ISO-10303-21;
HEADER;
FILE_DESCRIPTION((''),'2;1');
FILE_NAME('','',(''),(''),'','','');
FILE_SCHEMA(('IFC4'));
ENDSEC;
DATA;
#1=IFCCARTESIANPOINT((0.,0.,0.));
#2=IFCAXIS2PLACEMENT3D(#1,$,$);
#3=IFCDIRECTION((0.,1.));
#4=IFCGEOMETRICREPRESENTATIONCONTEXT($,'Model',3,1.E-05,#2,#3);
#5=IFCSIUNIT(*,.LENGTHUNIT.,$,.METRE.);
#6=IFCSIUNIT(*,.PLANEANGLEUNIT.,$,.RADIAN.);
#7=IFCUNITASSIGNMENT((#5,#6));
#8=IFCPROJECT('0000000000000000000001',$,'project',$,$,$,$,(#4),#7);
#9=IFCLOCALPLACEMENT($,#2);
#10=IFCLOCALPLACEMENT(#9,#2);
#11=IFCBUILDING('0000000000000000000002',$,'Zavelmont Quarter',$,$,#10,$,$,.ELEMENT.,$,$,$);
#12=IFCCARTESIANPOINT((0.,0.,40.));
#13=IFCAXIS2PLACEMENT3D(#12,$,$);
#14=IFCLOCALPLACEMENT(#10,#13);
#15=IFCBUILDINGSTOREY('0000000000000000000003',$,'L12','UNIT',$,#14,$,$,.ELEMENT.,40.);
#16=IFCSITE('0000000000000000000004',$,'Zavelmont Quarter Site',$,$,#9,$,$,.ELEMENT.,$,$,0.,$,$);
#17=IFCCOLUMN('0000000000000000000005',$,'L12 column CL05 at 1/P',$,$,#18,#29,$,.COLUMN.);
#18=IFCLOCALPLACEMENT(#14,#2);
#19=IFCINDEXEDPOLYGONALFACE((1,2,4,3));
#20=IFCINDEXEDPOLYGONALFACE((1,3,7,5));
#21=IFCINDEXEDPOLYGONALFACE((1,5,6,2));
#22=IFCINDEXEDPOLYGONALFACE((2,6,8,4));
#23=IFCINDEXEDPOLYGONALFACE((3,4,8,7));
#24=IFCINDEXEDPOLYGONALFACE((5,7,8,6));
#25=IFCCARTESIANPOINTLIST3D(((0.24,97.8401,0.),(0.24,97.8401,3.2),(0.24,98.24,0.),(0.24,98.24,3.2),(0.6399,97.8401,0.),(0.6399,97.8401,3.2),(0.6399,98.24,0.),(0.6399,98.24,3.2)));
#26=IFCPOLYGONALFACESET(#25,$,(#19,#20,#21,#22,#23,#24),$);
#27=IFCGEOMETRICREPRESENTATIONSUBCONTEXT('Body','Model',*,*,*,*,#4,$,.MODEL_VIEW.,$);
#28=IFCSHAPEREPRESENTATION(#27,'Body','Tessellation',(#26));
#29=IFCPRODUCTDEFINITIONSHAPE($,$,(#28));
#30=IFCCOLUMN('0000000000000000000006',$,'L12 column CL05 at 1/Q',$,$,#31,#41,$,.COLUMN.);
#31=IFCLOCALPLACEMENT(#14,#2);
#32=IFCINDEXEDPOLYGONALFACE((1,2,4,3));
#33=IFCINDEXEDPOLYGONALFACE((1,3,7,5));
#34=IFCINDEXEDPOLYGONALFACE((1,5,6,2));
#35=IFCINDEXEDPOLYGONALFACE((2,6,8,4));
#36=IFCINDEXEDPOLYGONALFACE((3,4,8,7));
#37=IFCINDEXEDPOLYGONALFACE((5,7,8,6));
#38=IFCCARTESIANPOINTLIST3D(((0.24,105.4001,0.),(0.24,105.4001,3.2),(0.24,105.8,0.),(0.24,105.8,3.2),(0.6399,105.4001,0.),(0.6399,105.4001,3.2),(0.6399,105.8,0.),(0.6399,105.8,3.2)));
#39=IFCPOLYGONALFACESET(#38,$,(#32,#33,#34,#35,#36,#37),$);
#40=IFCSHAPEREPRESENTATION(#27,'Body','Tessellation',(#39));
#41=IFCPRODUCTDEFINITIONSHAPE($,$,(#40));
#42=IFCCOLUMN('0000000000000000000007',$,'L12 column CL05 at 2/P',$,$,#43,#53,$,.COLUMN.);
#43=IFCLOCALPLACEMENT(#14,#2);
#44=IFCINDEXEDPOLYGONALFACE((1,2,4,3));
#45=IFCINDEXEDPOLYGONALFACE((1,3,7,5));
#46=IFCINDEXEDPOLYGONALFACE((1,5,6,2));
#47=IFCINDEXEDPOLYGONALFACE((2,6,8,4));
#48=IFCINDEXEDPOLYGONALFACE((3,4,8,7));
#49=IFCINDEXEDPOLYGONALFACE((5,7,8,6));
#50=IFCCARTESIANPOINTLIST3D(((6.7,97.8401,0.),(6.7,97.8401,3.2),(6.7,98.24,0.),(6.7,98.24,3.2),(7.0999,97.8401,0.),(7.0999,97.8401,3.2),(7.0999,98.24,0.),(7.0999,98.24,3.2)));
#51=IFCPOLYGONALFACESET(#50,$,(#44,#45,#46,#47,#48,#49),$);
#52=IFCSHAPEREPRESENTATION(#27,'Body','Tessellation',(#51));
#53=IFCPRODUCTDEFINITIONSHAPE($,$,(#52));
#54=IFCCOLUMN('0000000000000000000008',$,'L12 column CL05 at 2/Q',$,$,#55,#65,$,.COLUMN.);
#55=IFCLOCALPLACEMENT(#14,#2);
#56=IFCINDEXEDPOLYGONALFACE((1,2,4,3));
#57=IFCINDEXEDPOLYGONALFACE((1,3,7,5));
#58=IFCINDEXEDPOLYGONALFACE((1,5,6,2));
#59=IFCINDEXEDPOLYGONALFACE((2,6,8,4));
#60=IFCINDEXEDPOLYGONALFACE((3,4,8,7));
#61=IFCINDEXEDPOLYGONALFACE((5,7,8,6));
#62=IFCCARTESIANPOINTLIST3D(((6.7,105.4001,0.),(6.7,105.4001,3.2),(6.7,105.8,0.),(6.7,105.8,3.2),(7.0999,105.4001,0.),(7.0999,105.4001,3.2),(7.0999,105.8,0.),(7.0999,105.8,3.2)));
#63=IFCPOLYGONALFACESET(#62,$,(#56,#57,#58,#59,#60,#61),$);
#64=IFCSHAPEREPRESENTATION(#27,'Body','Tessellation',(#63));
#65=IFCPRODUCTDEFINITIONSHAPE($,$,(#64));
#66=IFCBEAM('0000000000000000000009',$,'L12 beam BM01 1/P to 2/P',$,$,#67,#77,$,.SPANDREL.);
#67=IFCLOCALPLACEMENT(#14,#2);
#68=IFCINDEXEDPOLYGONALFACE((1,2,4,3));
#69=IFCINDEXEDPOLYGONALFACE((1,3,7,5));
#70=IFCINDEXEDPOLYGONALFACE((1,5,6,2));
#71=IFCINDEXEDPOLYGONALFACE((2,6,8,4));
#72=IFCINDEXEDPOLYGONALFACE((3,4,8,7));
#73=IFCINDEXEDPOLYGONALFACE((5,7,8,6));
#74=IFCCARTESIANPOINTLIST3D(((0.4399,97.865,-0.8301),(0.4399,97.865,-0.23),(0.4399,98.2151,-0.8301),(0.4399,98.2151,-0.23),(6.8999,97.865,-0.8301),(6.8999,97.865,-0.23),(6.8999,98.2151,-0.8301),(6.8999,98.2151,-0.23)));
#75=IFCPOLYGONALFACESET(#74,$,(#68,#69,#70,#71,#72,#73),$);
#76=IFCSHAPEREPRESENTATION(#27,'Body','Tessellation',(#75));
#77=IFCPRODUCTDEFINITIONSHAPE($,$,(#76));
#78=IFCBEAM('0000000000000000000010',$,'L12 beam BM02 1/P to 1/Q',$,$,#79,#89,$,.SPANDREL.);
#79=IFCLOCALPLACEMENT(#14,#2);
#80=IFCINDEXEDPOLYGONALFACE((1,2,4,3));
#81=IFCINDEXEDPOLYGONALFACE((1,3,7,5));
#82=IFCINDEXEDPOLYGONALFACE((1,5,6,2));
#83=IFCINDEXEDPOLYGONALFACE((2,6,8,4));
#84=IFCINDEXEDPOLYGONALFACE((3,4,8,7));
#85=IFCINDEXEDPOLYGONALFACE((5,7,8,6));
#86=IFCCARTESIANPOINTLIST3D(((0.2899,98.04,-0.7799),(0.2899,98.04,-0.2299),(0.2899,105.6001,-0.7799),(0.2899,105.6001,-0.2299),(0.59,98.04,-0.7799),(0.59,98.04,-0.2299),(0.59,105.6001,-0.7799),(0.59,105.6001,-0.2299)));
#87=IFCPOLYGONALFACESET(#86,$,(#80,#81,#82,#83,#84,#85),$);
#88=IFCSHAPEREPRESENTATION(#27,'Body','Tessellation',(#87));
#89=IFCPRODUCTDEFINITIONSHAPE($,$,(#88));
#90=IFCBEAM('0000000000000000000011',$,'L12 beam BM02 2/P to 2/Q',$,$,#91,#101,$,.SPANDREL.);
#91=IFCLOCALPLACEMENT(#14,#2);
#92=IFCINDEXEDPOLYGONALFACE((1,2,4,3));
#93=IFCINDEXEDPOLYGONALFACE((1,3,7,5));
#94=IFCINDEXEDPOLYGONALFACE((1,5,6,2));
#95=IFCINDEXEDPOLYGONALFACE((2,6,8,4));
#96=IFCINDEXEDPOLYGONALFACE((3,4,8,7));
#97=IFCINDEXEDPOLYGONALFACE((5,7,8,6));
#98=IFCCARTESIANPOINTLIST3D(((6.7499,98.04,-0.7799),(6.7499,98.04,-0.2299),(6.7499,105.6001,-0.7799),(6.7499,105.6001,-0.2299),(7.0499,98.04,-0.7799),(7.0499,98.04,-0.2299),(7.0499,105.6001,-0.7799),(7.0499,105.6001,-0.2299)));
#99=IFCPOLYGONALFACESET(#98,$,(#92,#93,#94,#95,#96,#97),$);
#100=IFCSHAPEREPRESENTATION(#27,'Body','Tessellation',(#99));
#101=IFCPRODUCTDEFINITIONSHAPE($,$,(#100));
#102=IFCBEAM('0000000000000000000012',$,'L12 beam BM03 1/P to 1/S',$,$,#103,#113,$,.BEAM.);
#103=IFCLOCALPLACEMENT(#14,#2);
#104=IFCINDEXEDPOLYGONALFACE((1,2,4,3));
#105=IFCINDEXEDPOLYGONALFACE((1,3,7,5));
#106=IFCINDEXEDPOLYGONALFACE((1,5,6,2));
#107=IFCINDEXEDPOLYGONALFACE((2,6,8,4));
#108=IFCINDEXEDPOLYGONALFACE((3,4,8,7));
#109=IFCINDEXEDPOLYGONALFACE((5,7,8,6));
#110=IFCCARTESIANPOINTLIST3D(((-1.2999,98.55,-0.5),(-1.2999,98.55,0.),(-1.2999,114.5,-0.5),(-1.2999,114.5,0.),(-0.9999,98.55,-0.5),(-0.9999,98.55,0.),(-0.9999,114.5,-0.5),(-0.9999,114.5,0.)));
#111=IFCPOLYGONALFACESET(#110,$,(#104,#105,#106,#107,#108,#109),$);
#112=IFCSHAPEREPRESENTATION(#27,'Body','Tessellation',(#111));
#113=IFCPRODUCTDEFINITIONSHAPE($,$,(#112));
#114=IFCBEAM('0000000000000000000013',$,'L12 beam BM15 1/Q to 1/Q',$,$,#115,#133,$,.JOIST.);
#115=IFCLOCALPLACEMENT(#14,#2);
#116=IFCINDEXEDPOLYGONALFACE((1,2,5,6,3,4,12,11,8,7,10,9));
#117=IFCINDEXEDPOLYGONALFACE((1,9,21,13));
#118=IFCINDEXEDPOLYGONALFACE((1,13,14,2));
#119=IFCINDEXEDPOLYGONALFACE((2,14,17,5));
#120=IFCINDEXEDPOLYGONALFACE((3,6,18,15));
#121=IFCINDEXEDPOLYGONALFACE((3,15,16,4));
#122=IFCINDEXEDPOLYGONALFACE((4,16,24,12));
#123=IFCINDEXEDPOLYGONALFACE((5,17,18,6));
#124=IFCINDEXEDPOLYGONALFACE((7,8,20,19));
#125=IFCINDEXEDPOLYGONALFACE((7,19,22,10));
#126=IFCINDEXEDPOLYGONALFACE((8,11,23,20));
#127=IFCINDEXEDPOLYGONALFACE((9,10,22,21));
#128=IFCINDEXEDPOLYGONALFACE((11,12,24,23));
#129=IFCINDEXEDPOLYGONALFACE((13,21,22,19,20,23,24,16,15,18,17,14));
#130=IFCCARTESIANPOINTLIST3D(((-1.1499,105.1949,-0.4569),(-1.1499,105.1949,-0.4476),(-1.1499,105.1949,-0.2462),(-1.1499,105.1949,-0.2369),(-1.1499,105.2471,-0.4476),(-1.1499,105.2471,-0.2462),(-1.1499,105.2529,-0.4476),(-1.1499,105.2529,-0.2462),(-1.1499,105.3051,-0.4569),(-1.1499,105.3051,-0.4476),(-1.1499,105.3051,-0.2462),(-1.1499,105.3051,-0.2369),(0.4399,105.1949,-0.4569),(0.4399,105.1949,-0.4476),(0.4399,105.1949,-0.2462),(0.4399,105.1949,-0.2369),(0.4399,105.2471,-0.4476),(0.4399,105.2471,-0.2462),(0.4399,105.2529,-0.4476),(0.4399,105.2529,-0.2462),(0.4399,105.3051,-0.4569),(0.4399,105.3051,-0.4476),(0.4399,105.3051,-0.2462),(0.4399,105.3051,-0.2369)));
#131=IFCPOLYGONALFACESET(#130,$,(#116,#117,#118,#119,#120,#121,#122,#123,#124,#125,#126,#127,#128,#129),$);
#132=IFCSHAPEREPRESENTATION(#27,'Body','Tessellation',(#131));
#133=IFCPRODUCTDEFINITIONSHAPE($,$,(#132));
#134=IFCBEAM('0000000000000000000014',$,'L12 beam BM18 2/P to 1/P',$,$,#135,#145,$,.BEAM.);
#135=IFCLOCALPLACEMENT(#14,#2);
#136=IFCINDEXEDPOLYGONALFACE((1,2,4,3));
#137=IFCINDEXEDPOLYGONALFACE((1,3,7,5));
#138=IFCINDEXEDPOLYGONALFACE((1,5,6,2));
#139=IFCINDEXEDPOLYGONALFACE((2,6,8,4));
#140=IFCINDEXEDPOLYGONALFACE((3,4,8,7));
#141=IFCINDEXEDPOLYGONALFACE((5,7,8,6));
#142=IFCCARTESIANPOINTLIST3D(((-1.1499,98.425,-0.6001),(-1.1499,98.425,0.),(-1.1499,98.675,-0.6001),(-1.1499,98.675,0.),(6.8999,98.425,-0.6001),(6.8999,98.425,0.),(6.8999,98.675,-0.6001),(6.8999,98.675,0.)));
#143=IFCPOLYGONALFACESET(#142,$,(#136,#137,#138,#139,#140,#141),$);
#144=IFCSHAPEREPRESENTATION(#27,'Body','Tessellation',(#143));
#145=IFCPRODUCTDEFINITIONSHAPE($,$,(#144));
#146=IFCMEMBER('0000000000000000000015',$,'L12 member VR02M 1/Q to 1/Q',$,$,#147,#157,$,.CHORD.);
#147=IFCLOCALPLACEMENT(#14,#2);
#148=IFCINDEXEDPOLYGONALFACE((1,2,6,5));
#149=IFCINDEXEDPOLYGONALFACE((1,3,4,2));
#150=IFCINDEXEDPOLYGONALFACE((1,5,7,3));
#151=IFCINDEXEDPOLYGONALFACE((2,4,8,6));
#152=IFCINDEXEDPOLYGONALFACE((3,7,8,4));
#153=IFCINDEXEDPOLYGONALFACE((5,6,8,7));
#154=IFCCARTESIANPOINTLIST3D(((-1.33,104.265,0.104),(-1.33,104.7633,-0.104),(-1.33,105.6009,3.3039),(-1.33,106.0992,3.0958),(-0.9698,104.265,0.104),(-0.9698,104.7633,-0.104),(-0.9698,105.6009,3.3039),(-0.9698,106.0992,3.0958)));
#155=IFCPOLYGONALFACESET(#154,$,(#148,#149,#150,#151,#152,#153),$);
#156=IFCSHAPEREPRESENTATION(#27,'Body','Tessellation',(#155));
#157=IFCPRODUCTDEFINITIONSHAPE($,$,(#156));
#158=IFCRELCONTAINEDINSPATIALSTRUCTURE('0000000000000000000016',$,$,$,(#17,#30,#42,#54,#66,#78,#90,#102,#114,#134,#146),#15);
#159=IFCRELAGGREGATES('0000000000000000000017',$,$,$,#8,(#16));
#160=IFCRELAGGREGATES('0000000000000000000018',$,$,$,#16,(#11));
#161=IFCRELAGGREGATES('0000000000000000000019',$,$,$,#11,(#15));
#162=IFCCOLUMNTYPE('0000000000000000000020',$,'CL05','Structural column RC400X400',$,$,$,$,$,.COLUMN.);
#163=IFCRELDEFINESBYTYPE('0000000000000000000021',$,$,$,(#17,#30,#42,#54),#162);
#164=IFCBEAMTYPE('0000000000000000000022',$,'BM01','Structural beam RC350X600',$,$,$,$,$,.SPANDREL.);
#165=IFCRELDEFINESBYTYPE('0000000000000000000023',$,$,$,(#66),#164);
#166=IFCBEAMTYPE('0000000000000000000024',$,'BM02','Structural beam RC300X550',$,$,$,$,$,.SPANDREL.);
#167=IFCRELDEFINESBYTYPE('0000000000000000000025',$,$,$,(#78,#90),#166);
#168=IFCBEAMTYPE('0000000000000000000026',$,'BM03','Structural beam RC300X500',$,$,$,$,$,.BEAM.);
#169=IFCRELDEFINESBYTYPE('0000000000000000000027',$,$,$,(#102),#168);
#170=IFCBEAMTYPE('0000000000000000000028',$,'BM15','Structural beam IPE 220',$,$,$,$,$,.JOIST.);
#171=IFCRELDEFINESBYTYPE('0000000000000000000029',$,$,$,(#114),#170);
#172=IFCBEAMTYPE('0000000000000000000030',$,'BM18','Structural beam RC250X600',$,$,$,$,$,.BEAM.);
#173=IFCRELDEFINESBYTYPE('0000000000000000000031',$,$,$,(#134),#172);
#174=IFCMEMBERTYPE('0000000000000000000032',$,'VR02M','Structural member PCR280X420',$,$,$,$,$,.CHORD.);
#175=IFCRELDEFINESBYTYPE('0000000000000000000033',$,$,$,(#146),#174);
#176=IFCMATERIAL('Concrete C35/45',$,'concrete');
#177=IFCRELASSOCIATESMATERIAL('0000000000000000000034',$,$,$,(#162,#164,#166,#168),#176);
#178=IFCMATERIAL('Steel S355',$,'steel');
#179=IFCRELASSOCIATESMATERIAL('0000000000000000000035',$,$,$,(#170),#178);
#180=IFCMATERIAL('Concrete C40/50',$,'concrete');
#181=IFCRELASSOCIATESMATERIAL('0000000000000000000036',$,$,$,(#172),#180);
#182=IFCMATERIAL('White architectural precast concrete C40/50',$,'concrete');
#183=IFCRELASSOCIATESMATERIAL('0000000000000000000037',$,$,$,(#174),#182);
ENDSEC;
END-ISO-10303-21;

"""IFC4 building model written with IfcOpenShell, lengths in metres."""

from ifc_helpers import new_model, si_unit, direction, frame, origin, origin_2d, place, context, subcontext, project, spatial, rectangle, i_section, extrude, material, material_profile, profile_set, type_object, element, save


model = new_model("IFC4")

# Units and contexts
model_context = context("Model", 3, precision=1e-05, world=origin(), true_north=direction((0.0, 1.0)))
body_context = subcontext(model_context, "Body", "Model", "MODEL_VIEW")
ifc_project = project(units=[si_unit("LENGTHUNIT", "METRE"), si_unit("PLANEANGLEUNIT", "RADIAN")], contexts=[model_context])

# Site, building, storey
site_placement = place(None, origin())
site = spatial("IfcSite", under=ifc_project, at=site_placement, Name="Zavelmont Quarter Site", CompositionType="ELEMENT", RefElevation=0.0)
building_placement = place(site_placement, origin())
building = spatial("IfcBuilding", under=site, at=building_placement, Name="Zavelmont Quarter", CompositionType="ELEMENT")
storey_placement = place(building_placement, frame((0.0, 0.0, 40.0)))
storey = spatial("IfcBuildingStorey", under=building, at=storey_placement, Name="L12", Description="UNIT", CompositionType="ELEMENT", Elevation=40.0)

# Columns
ifc_material_1 = material(Name="Concrete C35/45", Category="concrete")
ifc_material_profile_1 = material_profile(ifc_material_1, rectangle(XDim=0.3999, YDim=0.3999, at=origin_2d()), Name="RC400X400")
ifc_profile_set_1 = profile_set([ifc_material_profile_1], Name="Concrete C35/45")
column_type = type_object("IfcColumnType", Name="CL05", Description="Structural column RC400X400", PredefinedType="COLUMN", material=ifc_profile_set_1)
for number, where, z_axis, x_axis, name in (
    (1, (0.4399, 98.04, 0.0), (0.0, 0.0, 1.0), (1.0, 0.0, 0.0), "L12 column CL05 at 1/P"),
    (2, (0.4399, 105.6001, 0.0), (0.0, 0.0, 1.0), (1.0, 0.0, 0.0), "L12 column CL05 at 1/Q"),
    (3, (6.8999, 98.04, 0.0), (0.0, 0.0, 1.0), (1.0, 0.0, 0.0), "L12 column CL05 at 2/P"),
    (4, (6.8999, 105.6001, 0.0), (0.0, 0.0, 1.0), (1.0, 0.0, 0.0), "L12 column CL05 at 2/Q"),
):
    element("IfcColumn", number, at=place(storey_placement, frame(where, z_axis=z_axis, x_axis=x_axis)), inside=storey, type_object=column_type, Name=name, PredefinedType="COLUMN", context=body_context, shape_type="SweptSolid", body=[
        extrude(rectangle(XDim=0.3999, YDim=0.3999, at=origin_2d()), origin(), (0.0, 0.0, 1.0), 3.2),
    ])

# Beams
ifc_material_profile_2 = material_profile(ifc_material_1, rectangle(XDim=0.3501, YDim=0.6001, at=origin_2d()), Name="RC350X600")
ifc_profile_set_2 = profile_set([ifc_material_profile_2], Name="Concrete C35/45")
beam_type_1 = type_object("IfcBeamType", Name="BM01", Description="Structural beam RC350X600", PredefinedType="SPANDREL", material=ifc_profile_set_2)
beam_1_placement = place(storey_placement, frame((0.4399, 98.04, -0.53), z_axis=(1.0, 0.0, 0.0), x_axis=(0.0, 1.0, 0.0)))
element("IfcBeam", 5, at=beam_1_placement, inside=storey, type_object=beam_type_1, Name="L12 beam BM01 1/P to 2/P", PredefinedType="SPANDREL", context=body_context, shape_type="SweptSolid", body=[
    extrude(rectangle(XDim=0.3501, YDim=0.6001, at=origin_2d()), origin(), (0.0, 0.0, 1.0), 6.46),
])
ifc_material_profile_3 = material_profile(ifc_material_1, rectangle(XDim=0.3, YDim=0.55, at=origin_2d()), Name="RC300X550")
ifc_profile_set_3 = profile_set([ifc_material_profile_3], Name="Concrete C35/45")
beam_type_2 = type_object("IfcBeamType", Name="BM02", Description="Structural beam RC300X550", PredefinedType="SPANDREL", material=ifc_profile_set_3)
for number, where, z_axis, x_axis, name in (
    (6, (0.4399, 98.04, -0.5049), (0.0, 1.0, 0.0), (-1.0, 0.0, 0.0), "L12 beam BM02 1/P to 1/Q"),
    (7, (6.8999, 98.04, -0.5049), (0.0, 1.0, 0.0), (-1.0, 0.0, 0.0), "L12 beam BM02 2/P to 2/Q"),
):
    element("IfcBeam", number, at=place(storey_placement, frame(where, z_axis=z_axis, x_axis=x_axis)), inside=storey, type_object=beam_type_2, Name=name, PredefinedType="SPANDREL", context=body_context, shape_type="SweptSolid", body=[
        extrude(rectangle(XDim=0.3, YDim=0.55, at=origin_2d()), origin(), (0.0, 0.0, 1.0), 7.5601),
    ])
ifc_material_profile_4 = material_profile(ifc_material_1, rectangle(XDim=0.3, YDim=0.5, at=origin_2d()), Name="RC300X500")
ifc_profile_set_4 = profile_set([ifc_material_profile_4], Name="Concrete C35/45")
beam_type_3 = type_object("IfcBeamType", Name="BM03", Description="Structural beam RC300X500", PredefinedType="BEAM", material=ifc_profile_set_4)
beam_2_placement = place(storey_placement, frame((-1.1499, 98.55, -0.25), z_axis=(0.0, 1.0, 0.0), x_axis=(-1.0, 0.0, 0.0)))
element("IfcBeam", 8, at=beam_2_placement, inside=storey, type_object=beam_type_3, Name="L12 beam BM03 1/P to 1/S", PredefinedType="BEAM", context=body_context, shape_type="SweptSolid", body=[
    extrude(rectangle(XDim=0.3, YDim=0.5, at=origin_2d()), origin(), (0.0, 0.0, 1.0), 15.95),
])
ifc_material_2 = material(Name="Steel S355", Category="steel")
ifc_material_profile_5 = material_profile(ifc_material_2, i_section(OverallWidth=0.1101, OverallDepth=0.22, WebThickness=0.0059, FlangeThickness=0.0093, at=origin_2d()), Name="IPE 220")
ifc_profile_set_5 = profile_set([ifc_material_profile_5], Name="Steel S355")
beam_type_4 = type_object("IfcBeamType", Name="BM15", Description="Structural beam IPE 220", PredefinedType="JOIST", material=ifc_profile_set_5)
beam_3_placement = place(storey_placement, frame((0.4399, 105.25, -0.3469), z_axis=(-1.0, 0.0, 0.0), x_axis=(0.0, -1.0, 0.0)))
element("IfcBeam", 9, at=beam_3_placement, inside=storey, type_object=beam_type_4, Name="L12 beam BM15 1/Q to 1/Q", PredefinedType="JOIST", context=body_context, shape_type="SweptSolid", body=[
    extrude(i_section(OverallWidth=0.1101, OverallDepth=0.22, WebThickness=0.0059, FlangeThickness=0.0093, at=origin_2d()), origin(), (0.0, 0.0, 1.0), 1.5898),
])
ifc_material_3 = material(Name="Concrete C40/50", Category="concrete")
ifc_material_profile_6 = material_profile(ifc_material_3, rectangle(XDim=0.25, YDim=0.6001, at=origin_2d()), Name="RC250X600")
ifc_profile_set_6 = profile_set([ifc_material_profile_6], Name="Concrete C40/50")
beam_type_5 = type_object("IfcBeamType", Name="BM18", Description="Structural beam RC250X600", PredefinedType="BEAM", material=ifc_profile_set_6)
beam_4_placement = place(storey_placement, frame((6.8999, 98.55, -0.3), z_axis=(-1.0, 0.0, 0.0), x_axis=(0.0, -1.0, 0.0)))
element("IfcBeam", 10, at=beam_4_placement, inside=storey, type_object=beam_type_5, Name="L12 beam BM18 2/P to 1/P", PredefinedType="BEAM", context=body_context, shape_type="SweptSolid", body=[
    extrude(rectangle(XDim=0.25, YDim=0.6001, at=origin_2d()), origin(), (0.0, 0.0, 1.0), 8.0498),
])

# Member
ifc_material_4 = material(Name="White architectural precast concrete C40/50", Category="concrete")
ifc_material_profile_7 = material_profile(ifc_material_4, rectangle(XDim=0.3601, YDim=0.54, at=origin_2d()), Name="PCR280X420")
ifc_profile_set_7 = profile_set([ifc_material_profile_7], Name="White architectural precast concrete C40/50")
member_type = type_object("IfcMemberType", Name="VR02M", Description="Structural member PCR280X420", PredefinedType="CHORD", material=ifc_profile_set_7)
member_placement = place(storey_placement, frame((-1.1499, 104.5142, 0.0), z_axis=(0.0, 0.38526, 0.922808), x_axis=(-1.0, 0.0, 0.0)))
element("IfcMember", 11, at=member_placement, inside=storey, type_object=member_type, Name="L12 member VR02M 1/Q to 1/Q", PredefinedType="CHORD", context=body_context, shape_type="SweptSolid", body=[
    extrude(rectangle(XDim=0.3601, YDim=0.54, at=origin_2d()), origin(), (0.0, 0.0, 1.0), 3.4675),
])

save(model, "model.ifc")
